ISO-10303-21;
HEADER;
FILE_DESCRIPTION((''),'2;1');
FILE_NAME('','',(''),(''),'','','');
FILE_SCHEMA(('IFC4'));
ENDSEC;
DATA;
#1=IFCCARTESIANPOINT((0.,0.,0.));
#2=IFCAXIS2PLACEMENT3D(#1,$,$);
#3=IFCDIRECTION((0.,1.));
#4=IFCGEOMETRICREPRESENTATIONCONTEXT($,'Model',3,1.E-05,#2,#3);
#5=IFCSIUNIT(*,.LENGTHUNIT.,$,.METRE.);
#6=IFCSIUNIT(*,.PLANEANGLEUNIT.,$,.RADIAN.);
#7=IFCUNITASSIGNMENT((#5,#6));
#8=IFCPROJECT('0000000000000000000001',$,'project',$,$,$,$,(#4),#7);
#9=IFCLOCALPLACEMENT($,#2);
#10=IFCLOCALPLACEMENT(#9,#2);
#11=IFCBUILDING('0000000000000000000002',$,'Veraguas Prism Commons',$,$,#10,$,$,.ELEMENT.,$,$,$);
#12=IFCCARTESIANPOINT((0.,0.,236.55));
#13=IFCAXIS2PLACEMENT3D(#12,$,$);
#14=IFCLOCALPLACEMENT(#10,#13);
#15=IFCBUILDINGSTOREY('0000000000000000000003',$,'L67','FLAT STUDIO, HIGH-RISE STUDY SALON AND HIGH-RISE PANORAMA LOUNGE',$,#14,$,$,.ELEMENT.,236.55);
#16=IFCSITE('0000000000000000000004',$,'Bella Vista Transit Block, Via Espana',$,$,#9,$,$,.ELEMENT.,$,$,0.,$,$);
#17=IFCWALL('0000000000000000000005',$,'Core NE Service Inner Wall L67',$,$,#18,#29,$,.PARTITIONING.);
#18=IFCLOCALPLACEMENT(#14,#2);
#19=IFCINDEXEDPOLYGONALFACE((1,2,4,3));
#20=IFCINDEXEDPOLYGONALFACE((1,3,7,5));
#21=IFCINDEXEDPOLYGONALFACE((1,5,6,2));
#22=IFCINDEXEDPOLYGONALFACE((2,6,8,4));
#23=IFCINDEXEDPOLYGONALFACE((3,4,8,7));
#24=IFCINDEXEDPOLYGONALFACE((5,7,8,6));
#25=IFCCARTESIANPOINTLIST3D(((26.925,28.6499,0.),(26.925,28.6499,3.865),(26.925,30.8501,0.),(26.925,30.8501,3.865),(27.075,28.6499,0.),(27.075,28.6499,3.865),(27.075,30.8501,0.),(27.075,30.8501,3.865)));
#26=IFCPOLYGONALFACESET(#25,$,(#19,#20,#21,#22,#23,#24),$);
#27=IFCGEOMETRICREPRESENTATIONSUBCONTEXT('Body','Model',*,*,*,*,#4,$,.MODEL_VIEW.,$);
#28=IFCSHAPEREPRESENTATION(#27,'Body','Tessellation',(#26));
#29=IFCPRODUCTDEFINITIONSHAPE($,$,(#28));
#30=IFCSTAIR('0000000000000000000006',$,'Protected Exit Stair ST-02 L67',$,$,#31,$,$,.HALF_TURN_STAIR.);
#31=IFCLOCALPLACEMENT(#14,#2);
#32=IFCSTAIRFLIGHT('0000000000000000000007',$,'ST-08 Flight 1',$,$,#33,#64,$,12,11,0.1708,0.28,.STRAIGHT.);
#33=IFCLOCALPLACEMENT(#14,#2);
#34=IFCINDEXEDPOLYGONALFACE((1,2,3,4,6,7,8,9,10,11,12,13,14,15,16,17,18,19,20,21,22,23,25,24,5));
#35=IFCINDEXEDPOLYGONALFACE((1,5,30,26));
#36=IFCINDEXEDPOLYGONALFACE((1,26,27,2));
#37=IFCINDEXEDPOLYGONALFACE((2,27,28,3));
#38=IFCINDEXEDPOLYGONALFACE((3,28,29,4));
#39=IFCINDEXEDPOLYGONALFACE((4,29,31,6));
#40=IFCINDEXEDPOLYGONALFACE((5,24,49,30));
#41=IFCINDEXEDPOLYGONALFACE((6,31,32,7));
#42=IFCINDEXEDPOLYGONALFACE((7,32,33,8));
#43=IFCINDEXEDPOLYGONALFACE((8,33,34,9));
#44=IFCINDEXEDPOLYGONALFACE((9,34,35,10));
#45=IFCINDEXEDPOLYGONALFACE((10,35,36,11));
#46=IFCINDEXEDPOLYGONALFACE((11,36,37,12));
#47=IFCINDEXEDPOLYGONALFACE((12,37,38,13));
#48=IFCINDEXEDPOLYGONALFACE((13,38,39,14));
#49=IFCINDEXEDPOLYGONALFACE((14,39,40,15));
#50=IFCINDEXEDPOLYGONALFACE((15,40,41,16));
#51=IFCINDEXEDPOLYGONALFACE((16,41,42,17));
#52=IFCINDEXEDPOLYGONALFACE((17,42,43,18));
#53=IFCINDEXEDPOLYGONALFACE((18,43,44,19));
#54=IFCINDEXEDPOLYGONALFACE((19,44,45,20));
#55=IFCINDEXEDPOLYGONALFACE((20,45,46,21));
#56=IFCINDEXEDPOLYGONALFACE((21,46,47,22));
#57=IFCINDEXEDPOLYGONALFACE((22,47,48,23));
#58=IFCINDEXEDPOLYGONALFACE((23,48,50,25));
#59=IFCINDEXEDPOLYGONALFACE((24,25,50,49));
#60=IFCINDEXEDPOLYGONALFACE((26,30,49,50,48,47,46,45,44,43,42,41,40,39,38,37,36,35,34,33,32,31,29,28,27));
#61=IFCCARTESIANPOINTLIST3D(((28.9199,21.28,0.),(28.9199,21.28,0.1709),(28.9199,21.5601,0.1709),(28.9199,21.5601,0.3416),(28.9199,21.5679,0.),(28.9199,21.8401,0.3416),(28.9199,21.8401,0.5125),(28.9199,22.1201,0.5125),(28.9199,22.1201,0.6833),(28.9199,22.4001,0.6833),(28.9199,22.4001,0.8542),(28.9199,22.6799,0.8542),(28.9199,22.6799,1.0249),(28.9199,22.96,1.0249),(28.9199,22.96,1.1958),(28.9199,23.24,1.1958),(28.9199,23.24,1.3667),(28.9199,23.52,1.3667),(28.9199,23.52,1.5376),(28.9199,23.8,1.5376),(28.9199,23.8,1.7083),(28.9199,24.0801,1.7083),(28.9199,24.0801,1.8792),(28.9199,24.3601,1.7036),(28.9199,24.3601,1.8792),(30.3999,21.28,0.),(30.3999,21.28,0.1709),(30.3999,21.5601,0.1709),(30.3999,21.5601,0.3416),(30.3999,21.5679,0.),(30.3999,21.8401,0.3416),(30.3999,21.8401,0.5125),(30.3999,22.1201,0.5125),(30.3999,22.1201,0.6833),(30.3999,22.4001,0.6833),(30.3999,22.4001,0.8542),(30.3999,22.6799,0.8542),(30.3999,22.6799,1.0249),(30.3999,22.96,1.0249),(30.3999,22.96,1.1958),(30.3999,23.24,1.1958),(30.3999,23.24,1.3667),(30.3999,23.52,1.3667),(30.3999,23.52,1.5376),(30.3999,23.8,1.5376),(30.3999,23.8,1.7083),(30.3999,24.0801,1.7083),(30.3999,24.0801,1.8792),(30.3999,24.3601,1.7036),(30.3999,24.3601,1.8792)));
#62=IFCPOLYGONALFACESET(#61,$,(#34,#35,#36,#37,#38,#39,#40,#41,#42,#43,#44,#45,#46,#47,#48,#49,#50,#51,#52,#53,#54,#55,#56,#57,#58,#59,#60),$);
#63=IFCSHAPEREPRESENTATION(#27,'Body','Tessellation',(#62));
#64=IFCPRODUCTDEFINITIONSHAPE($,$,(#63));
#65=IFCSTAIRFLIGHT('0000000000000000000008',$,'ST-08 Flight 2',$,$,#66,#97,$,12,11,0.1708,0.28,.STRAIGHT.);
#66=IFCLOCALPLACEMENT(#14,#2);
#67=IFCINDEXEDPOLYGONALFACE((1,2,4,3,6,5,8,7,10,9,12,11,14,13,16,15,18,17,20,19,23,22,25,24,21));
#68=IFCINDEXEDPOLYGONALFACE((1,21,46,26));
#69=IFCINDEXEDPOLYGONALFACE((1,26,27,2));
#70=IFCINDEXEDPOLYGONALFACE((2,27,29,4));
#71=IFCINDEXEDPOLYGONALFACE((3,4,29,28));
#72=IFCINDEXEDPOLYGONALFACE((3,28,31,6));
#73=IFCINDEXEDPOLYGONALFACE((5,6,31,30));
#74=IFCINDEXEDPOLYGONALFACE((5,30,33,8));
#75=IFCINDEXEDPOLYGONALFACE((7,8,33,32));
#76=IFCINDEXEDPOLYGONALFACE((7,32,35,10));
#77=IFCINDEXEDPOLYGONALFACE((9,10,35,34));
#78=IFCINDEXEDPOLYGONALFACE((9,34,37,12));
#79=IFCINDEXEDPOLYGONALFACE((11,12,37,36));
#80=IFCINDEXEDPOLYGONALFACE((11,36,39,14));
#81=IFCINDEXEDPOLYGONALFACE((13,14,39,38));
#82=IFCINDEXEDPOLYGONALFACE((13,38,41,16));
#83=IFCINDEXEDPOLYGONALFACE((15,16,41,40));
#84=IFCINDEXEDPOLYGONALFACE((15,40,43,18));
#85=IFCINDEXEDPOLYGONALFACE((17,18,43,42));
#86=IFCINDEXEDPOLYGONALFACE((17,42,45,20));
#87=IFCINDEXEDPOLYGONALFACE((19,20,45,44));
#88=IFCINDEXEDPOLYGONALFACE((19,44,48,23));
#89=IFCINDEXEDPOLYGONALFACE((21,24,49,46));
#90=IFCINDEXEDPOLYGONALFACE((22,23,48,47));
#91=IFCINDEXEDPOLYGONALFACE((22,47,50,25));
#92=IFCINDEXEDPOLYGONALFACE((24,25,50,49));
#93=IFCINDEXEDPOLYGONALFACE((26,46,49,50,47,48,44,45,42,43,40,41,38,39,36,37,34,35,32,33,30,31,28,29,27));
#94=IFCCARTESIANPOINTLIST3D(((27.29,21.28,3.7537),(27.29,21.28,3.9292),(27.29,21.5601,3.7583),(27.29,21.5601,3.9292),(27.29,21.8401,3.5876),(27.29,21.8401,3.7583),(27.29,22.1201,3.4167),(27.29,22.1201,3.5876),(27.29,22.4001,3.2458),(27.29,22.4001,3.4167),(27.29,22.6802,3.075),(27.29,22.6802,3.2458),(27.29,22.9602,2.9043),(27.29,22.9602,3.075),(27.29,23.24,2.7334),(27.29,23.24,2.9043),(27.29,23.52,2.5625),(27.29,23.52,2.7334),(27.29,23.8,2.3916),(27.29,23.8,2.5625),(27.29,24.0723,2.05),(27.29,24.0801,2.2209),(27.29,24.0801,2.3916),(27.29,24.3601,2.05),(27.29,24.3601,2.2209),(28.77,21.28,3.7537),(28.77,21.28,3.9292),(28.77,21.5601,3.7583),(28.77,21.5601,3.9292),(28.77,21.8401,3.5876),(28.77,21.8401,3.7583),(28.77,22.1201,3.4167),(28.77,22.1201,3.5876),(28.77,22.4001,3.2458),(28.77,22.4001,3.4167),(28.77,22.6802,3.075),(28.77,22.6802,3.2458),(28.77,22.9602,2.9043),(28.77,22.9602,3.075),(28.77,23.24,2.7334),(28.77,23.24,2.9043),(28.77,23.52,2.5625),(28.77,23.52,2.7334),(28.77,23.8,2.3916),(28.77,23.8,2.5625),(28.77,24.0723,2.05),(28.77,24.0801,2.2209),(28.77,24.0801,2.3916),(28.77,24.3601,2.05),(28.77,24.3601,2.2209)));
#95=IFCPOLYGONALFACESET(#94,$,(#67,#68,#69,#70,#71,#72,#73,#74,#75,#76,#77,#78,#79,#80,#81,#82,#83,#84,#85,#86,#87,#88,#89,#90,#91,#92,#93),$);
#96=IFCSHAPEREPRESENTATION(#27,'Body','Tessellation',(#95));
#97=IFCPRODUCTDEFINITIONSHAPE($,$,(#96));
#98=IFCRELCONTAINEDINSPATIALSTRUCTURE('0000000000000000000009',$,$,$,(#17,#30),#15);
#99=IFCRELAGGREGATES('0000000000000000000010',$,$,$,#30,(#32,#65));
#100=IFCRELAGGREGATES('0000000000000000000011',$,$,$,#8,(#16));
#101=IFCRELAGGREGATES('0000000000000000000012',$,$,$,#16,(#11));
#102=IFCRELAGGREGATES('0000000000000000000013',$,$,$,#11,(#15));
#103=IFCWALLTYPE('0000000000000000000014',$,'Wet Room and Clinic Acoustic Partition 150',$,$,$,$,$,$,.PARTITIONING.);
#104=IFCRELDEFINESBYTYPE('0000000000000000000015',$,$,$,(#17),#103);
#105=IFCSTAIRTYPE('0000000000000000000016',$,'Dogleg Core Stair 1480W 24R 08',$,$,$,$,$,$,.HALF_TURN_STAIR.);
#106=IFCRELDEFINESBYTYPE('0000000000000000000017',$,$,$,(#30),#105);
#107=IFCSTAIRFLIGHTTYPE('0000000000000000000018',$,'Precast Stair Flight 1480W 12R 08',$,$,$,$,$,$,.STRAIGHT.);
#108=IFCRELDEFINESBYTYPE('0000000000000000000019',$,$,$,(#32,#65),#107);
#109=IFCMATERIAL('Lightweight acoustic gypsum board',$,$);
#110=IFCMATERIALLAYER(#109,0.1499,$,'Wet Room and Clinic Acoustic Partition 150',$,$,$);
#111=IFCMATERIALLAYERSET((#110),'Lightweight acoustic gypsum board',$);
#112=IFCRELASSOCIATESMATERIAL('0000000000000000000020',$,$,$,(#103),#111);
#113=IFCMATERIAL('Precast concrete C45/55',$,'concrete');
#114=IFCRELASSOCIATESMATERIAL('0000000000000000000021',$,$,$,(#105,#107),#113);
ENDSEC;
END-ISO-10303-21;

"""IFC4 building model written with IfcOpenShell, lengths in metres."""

from ifc_helpers import new_model, si_unit, direction, frame, frame_2d, origin, place, context, subcontext, project, spatial, polyline, rectangle, outline, extrude, material, layer, layer_set, type_object, element, aggregate, save


model = new_model("IFC4")

# Units and contexts
model_context = context("Model", 3, precision=1e-05, world=origin(), true_north=direction((0.0, 1.0)))
body_context = subcontext(model_context, "Body", "Model", "MODEL_VIEW")
ifc_project = project(units=[si_unit("LENGTHUNIT", "METRE"), si_unit("PLANEANGLEUNIT", "RADIAN")], contexts=[model_context])

# Site, building, storey
site_placement = place(None, origin())
site = spatial("IfcSite", under=ifc_project, at=site_placement, Name="Bella Vista Transit Block, Via Espana", CompositionType="ELEMENT", RefElevation=0.0)
building_placement = place(site_placement, origin())
building = spatial("IfcBuilding", under=site, at=building_placement, Name="Veraguas Prism Commons", CompositionType="ELEMENT")
storey_placement = place(building_placement, frame((0.0, 0.0, 236.55)))
storey = spatial("IfcBuildingStorey", under=building, at=storey_placement, Name="L67", Description="FLAT STUDIO, HIGH-RISE STUDY SALON AND HIGH-RISE PANORAMA LOUNGE", CompositionType="ELEMENT", Elevation=236.55)

# Wall
ifc_material_1 = material(Name="Lightweight acoustic gypsum board")
ifc_layer_1 = layer(ifc_material_1, 0.1499, Name="Wet Room and Clinic Acoustic Partition 150")
ifc_layer_set_1 = layer_set([ifc_layer_1], Name="Lightweight acoustic gypsum board")
wall_type_1 = type_object("IfcWallType", Name="Wet Room and Clinic Acoustic Partition 150", PredefinedType="PARTITIONING", material=ifc_layer_set_1)
wall_1_placement = place(storey_placement, frame((27.0, 28.6499, 0.0), z_axis=(0.0, 0.0, 1.0), x_axis=(0.0, 1.0, 0.0)))
element("IfcWall", 1, at=wall_1_placement, inside=storey, type_object=wall_type_1, Name="Core NE Service Inner Wall L67", PredefinedType="PARTITIONING", context=body_context, shape_type="SweptSolid", body=[
    extrude(rectangle(XDim=2.2002, YDim=0.1499, at=frame_2d((1.1001, 0.0))), origin(), (0.0, 0.0, 1.0), 3.865),
])

# Stair, stair flights
ifc_material_2 = material(Name="Precast concrete C45/55", Category="concrete")
stair_type = type_object("IfcStairType", Name="Dogleg Core Stair 1480W 24R 08", PredefinedType="HALF_TURN_STAIR", material=ifc_material_2)
stair_placement = place(storey_placement, origin())
stair = element("IfcStair", 2, at=stair_placement, inside=storey, type_object=stair_type, Name="Protected Exit Stair ST-02 L67", PredefinedType="HALF_TURN_STAIR")
stair_flight_type = type_object("IfcStairFlightType", Name="Precast Stair Flight 1480W 12R 08", PredefinedType="STRAIGHT", material=ifc_material_2)
stair_flight_1_placement = place(storey_placement, frame((29.6599, 21.28, 0.0), z_axis=(0.0, 0.0, 1.0), x_axis=(0.0, 1.0, 0.0)))
stair_flight_1 = element("IfcStairFlight", 3, at=stair_flight_1_placement, type_object=stair_flight_type, Name="ST-08 Flight 1", NumberOfRisers=12, NumberOfTreads=11, PredefinedType="STRAIGHT", RiserHeight=0.1708, TreadLength=0.28, context=body_context, shape_type="SweptSolid", body=[
    extrude(outline(polyline([(0.0, 0.0), (0.0, 0.1709), (0.28, 0.1709), (0.28, 0.3416), (0.5601, 0.3416), (0.5601, 0.5125), (0.8401, 0.5125), (0.8401, 0.6833), (1.1201, 0.6833), (1.1201, 0.8542), (1.3999, 0.8542), (1.3999, 1.0249), (1.6799, 1.0249), (1.6799, 1.1958), (1.96, 1.1958), (1.96, 1.3667), (2.24, 1.3667), (2.24, 1.5376), (2.52, 1.5376), (2.52, 1.7083), (2.8, 1.7083), (2.8, 1.8792), (3.0801, 1.8792), (3.0801, 2.05), (3.0801, 1.7036), (0.2878, 0.0), (0.0, 0.0)])), frame((0.0, 0.74, 0.0), z_axis=(0.0, -1.0, 0.0), x_axis=(1.0, 0.0, 0.0)), (0.0, 0.0, 1.0), 1.48),
])
stair_flight_2_placement = place(storey_placement, frame((28.03, 24.3601, 2.05), z_axis=(0.0, 0.0, 1.0), x_axis=(0.0, -1.0, 0.0)))
stair_flight_2 = element("IfcStairFlight", 4, at=stair_flight_2_placement, type_object=stair_flight_type, Name="ST-08 Flight 2", NumberOfRisers=12, NumberOfTreads=11, PredefinedType="STRAIGHT", RiserHeight=0.1708, TreadLength=0.28, context=body_context, shape_type="SweptSolid", body=[
    extrude(outline(polyline([(0.0, 0.0), (0.0, 0.1709), (0.28, 0.1709), (0.28, 0.3416), (0.5601, 0.3416), (0.5601, 0.5125), (0.8401, 0.5125), (0.8401, 0.6833), (1.1201, 0.6833), (1.1201, 0.8542), (1.3999, 0.8542), (1.3999, 1.0249), (1.6799, 1.0249), (1.6799, 1.1958), (1.96, 1.1958), (1.96, 1.3667), (2.24, 1.3667), (2.24, 1.5376), (2.52, 1.5376), (2.52, 1.7083), (2.8, 1.7083), (2.8, 1.8792), (3.0801, 1.8792), (3.0801, 2.05), (3.0801, 1.7036), (0.2878, 0.0), (0.0, 0.0)])), frame((0.0, 0.74, 0.0), z_axis=(0.0, -1.0, 0.0), x_axis=(1.0, 0.0, 0.0)), (0.0, 0.0, 1.0), 1.48),
])
aggregate(stair, [stair_flight_1, stair_flight_2])

save(model, "model.ifc")
